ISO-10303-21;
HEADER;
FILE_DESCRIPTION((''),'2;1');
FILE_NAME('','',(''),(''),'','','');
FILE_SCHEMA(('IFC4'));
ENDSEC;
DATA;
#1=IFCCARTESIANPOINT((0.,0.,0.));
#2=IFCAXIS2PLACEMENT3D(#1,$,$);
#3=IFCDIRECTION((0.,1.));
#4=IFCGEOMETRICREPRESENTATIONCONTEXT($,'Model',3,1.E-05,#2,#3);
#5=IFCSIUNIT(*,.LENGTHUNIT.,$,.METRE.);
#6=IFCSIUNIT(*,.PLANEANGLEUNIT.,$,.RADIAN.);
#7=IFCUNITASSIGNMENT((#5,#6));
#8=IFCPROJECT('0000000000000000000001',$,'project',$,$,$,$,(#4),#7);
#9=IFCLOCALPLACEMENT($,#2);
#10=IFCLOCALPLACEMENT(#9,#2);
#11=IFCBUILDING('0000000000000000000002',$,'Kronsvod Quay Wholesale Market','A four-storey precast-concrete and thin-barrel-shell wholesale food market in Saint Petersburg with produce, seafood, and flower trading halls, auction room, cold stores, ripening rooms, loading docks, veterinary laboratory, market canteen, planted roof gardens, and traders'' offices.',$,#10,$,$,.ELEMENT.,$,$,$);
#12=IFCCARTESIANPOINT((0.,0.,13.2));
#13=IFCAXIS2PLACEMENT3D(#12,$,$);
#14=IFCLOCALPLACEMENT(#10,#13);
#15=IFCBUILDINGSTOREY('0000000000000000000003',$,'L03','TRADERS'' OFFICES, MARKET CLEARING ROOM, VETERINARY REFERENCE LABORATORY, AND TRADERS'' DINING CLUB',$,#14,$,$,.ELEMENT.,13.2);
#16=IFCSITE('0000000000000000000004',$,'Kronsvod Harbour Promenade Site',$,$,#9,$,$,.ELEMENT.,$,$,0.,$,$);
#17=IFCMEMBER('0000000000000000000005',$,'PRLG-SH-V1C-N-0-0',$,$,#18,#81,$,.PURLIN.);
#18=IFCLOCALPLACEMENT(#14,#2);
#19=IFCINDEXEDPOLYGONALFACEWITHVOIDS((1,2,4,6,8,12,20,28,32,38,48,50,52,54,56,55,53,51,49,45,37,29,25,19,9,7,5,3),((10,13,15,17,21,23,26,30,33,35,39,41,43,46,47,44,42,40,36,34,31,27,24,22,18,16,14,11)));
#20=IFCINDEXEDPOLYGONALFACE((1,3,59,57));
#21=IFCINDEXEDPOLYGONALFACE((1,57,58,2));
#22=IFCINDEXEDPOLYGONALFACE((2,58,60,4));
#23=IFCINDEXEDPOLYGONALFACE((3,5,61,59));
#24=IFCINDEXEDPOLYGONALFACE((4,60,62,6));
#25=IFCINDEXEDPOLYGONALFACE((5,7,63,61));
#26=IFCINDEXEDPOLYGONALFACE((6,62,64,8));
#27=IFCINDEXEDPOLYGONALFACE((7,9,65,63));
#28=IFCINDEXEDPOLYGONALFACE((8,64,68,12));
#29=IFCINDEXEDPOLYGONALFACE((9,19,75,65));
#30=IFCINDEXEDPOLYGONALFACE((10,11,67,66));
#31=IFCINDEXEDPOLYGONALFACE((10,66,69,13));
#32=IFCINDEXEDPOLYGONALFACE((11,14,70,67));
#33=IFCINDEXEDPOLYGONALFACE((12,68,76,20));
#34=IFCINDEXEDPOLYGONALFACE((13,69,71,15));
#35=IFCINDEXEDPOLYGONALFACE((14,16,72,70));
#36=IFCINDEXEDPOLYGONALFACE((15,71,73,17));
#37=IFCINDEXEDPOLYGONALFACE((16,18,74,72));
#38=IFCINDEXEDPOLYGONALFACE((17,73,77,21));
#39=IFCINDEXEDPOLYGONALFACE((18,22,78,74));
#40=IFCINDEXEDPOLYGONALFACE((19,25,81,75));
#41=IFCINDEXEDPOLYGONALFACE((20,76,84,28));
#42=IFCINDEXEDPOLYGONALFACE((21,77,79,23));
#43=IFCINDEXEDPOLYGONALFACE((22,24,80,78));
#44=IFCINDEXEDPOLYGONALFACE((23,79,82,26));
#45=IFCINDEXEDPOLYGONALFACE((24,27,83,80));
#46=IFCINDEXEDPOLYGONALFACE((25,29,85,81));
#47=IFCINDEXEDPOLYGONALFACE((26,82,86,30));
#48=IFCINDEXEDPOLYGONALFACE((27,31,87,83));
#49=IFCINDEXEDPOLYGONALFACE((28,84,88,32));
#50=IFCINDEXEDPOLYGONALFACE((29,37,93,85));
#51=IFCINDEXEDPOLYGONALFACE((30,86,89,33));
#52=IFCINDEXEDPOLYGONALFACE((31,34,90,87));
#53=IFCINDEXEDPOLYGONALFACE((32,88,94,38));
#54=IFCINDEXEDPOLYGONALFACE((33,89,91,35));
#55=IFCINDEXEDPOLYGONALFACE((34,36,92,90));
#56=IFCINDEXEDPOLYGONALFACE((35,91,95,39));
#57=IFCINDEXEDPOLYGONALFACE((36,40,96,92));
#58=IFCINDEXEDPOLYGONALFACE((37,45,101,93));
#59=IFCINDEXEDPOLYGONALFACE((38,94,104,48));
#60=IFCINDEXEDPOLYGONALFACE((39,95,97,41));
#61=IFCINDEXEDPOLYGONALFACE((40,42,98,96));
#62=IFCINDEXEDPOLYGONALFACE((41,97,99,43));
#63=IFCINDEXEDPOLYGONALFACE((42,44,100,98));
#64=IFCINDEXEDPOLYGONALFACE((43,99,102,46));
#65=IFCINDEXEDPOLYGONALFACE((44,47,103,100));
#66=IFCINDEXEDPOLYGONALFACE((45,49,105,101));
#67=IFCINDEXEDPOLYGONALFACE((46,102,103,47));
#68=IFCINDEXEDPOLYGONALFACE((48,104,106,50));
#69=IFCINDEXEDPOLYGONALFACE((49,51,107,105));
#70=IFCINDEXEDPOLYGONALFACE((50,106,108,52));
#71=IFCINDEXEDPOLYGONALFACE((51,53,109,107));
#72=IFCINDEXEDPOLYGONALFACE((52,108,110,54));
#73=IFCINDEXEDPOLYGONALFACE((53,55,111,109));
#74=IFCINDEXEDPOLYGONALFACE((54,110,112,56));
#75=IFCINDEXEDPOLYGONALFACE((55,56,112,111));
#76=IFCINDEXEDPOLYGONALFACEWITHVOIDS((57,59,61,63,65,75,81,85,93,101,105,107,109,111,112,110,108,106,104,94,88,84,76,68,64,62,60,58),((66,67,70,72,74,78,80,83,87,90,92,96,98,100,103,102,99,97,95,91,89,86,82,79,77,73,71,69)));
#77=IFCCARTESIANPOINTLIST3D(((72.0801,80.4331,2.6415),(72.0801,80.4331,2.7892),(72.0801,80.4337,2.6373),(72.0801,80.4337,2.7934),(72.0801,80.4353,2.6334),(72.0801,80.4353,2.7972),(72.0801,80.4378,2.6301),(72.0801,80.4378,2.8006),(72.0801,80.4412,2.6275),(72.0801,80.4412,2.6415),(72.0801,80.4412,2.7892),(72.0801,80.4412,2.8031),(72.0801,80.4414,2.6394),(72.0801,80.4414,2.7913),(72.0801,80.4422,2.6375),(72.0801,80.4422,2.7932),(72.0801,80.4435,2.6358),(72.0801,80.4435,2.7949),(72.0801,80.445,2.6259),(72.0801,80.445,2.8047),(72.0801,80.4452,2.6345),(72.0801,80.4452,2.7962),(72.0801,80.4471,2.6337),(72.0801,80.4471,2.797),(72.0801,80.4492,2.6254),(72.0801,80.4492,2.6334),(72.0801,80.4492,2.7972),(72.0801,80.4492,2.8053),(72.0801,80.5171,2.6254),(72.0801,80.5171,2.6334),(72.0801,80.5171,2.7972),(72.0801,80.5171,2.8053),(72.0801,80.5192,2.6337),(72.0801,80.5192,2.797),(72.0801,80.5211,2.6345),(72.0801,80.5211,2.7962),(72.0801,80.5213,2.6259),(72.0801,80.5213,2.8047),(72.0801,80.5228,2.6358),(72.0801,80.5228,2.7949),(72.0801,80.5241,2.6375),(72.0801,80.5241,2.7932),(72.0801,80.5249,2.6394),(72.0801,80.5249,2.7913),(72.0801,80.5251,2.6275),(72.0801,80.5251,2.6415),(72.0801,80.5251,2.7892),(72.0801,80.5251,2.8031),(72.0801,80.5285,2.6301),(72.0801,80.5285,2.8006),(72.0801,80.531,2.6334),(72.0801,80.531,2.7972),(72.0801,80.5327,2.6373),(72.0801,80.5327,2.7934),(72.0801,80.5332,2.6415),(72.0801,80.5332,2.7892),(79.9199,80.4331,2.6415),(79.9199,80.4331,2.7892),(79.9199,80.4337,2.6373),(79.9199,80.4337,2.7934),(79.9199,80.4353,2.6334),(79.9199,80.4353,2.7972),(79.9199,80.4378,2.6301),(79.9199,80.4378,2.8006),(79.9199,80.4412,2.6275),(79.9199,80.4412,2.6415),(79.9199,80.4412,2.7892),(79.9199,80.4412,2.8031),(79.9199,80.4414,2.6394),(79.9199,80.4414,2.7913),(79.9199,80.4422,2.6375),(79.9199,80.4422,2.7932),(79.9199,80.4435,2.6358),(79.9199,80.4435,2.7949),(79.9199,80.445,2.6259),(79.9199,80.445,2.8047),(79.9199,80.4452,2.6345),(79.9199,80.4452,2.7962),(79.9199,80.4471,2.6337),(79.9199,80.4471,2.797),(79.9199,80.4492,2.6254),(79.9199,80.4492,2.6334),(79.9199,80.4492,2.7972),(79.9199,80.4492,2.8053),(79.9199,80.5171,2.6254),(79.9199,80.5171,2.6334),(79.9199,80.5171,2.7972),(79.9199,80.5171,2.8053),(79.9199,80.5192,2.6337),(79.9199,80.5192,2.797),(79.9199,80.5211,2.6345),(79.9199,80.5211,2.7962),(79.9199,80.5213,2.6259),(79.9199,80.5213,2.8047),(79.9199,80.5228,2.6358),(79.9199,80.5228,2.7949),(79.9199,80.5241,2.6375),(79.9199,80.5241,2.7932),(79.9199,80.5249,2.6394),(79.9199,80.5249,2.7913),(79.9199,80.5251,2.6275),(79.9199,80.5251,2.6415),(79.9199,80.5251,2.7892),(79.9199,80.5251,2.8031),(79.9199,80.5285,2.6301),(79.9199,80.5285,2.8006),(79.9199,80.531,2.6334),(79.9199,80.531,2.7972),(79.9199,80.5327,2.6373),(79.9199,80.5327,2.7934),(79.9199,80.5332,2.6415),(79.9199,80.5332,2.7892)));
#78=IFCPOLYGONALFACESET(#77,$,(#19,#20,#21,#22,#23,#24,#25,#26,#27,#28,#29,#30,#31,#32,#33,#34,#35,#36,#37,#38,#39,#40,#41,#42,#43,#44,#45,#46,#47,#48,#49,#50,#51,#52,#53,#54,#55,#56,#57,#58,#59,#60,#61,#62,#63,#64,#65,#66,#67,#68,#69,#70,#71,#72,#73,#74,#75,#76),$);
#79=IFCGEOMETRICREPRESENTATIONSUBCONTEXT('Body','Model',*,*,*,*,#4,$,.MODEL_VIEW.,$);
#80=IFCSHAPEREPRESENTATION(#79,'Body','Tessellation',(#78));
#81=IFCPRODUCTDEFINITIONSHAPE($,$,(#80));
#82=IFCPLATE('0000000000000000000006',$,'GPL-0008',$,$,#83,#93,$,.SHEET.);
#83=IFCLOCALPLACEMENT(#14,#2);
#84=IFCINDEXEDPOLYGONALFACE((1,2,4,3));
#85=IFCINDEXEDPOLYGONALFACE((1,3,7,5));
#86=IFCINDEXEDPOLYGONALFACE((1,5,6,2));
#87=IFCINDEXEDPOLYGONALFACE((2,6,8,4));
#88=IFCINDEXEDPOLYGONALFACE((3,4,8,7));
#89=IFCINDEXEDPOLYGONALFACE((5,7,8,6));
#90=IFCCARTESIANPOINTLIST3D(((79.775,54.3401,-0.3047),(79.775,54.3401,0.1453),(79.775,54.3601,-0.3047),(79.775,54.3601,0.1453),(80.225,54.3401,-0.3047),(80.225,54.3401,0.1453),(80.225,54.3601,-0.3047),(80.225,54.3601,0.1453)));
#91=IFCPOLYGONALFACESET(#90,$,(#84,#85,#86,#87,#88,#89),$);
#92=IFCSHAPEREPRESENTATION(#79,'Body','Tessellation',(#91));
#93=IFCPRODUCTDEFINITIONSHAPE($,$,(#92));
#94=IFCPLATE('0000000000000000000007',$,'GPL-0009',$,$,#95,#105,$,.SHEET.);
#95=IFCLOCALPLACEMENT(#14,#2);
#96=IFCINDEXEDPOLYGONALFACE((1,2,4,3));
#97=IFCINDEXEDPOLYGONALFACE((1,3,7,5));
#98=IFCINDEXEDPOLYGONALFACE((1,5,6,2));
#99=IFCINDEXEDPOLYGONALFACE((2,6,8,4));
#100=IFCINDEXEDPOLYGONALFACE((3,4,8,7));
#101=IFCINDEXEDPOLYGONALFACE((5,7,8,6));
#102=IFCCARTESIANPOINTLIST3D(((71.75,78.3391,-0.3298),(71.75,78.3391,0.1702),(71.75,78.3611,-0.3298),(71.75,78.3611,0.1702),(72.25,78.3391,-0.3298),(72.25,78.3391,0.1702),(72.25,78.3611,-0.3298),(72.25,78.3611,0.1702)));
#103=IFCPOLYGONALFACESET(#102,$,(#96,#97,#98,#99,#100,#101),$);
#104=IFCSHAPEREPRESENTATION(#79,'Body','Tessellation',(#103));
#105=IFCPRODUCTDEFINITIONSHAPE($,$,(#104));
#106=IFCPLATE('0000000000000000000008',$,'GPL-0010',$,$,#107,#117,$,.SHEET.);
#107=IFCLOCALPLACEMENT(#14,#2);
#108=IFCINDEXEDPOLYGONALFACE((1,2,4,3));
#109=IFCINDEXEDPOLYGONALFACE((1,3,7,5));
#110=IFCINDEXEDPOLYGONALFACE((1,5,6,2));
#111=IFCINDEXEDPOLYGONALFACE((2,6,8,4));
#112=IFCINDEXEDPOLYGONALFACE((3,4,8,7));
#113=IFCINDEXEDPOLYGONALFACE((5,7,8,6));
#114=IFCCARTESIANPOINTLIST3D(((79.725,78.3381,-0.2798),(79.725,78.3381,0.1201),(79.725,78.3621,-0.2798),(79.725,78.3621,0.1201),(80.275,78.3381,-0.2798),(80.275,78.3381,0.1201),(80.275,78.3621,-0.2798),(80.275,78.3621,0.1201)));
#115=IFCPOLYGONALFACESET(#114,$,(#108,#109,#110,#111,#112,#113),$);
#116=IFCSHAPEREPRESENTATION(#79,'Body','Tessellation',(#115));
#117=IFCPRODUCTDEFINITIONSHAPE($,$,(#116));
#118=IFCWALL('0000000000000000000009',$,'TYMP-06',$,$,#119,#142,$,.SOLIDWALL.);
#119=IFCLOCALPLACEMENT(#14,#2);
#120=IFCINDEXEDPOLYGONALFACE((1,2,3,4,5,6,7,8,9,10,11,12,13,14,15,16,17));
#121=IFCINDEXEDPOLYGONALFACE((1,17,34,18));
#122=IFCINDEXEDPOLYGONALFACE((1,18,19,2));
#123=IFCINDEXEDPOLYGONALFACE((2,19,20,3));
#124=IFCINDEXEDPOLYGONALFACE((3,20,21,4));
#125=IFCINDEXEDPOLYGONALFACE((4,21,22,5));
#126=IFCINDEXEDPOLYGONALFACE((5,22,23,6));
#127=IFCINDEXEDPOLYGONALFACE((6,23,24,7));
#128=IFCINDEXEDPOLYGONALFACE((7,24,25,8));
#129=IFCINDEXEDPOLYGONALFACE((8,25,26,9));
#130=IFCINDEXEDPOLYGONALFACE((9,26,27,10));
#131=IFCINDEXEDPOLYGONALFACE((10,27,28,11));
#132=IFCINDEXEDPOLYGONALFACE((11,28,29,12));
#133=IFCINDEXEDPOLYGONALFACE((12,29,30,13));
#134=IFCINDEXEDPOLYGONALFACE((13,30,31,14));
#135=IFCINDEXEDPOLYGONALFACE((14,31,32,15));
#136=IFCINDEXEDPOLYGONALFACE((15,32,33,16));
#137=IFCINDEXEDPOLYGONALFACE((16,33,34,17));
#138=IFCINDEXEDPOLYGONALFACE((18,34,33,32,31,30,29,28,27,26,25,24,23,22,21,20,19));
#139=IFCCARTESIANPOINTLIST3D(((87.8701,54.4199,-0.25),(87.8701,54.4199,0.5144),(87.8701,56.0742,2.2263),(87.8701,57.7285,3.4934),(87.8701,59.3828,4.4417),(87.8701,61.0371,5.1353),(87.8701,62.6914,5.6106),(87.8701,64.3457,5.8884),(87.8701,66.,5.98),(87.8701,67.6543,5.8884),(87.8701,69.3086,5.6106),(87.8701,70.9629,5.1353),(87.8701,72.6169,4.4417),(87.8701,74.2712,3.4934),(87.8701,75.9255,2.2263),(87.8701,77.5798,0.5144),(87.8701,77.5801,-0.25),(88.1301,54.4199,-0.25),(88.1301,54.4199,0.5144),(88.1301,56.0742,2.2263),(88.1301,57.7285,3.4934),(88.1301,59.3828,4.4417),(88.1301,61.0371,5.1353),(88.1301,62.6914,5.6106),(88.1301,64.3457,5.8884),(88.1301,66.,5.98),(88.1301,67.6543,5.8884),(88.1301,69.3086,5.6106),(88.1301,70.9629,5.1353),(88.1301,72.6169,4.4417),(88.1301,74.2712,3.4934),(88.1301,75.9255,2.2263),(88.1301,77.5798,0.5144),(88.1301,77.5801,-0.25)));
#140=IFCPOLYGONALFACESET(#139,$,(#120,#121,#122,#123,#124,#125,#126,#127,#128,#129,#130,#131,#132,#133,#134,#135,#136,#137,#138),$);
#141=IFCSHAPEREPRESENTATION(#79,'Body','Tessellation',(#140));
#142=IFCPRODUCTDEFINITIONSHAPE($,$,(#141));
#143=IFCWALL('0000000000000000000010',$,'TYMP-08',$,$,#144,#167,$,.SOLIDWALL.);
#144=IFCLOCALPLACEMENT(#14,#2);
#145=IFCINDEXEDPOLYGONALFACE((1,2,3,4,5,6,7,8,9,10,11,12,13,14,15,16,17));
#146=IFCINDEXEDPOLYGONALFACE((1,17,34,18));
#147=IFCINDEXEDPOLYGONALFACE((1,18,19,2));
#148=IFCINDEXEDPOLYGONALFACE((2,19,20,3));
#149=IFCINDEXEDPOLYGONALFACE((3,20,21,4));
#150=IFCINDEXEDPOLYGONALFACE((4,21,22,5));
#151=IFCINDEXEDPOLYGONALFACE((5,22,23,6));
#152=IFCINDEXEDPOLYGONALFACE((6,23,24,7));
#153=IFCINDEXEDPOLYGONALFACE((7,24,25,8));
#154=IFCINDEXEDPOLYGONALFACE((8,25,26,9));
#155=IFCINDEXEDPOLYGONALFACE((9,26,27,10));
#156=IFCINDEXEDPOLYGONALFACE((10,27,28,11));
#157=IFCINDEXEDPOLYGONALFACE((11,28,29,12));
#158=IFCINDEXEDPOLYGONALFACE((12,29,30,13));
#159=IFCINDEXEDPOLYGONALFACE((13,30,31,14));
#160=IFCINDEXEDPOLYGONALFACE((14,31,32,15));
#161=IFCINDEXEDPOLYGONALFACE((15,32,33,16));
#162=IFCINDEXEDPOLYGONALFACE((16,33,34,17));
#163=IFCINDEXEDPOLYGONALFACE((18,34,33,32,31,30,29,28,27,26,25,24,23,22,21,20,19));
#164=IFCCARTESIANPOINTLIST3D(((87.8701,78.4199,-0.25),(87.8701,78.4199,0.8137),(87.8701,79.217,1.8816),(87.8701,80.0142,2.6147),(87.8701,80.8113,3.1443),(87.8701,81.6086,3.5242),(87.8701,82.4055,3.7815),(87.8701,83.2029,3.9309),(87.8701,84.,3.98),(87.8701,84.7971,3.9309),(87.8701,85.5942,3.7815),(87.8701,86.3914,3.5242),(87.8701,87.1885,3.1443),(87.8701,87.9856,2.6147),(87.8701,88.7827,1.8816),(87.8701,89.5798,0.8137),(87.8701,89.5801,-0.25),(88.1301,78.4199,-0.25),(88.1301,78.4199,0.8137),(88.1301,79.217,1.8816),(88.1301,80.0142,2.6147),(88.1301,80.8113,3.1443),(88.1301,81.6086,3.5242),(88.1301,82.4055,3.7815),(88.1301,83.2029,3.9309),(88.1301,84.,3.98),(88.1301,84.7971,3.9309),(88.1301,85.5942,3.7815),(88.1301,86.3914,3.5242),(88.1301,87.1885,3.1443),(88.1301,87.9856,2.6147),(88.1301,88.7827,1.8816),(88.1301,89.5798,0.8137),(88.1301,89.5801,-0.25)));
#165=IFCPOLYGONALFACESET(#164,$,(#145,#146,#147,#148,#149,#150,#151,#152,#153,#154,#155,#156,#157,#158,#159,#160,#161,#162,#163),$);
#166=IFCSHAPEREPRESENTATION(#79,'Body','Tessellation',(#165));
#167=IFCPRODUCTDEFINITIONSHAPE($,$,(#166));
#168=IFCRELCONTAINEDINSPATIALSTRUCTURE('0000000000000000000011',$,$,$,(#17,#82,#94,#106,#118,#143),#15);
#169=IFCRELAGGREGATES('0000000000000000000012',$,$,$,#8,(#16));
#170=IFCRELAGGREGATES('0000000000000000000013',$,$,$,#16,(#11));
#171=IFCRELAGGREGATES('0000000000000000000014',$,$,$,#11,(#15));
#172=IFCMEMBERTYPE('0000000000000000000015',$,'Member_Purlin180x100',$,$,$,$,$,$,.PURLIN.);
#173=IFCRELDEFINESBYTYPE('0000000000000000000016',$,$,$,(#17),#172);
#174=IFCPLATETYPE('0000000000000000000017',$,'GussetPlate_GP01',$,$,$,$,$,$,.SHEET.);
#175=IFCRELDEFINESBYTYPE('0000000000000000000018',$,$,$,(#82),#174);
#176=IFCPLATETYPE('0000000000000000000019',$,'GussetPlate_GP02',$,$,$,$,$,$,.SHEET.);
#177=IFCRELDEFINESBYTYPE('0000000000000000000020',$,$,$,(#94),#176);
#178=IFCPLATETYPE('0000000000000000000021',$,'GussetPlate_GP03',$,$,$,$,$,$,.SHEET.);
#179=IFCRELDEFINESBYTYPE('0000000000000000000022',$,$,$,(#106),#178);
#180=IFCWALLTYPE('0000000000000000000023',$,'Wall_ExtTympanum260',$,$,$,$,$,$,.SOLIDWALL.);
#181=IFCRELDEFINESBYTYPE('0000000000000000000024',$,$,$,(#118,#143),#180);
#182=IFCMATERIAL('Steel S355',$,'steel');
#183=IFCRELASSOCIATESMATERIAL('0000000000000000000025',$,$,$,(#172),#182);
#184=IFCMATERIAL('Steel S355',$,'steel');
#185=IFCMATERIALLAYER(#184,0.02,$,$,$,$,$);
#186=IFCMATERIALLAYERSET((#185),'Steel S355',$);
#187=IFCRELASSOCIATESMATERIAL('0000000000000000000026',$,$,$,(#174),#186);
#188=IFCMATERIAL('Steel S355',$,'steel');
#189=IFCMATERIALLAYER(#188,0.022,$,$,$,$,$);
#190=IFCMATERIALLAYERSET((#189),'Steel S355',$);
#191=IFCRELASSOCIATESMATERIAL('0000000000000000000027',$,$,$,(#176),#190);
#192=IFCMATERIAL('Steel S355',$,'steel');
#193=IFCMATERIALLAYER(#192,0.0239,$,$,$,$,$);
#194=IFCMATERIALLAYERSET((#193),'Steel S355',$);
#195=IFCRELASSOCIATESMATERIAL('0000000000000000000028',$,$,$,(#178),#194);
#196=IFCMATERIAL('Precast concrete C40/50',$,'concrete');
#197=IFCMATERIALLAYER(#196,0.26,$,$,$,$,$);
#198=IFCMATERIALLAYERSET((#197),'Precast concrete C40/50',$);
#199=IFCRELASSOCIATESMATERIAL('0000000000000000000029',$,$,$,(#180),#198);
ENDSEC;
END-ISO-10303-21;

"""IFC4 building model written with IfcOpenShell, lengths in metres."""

from ifc_helpers import new_model, si_unit, direction, frame, origin, origin_2d, place, context, subcontext, project, spatial, polyline, rectangle, hollow_rectangle, outline, extrude, material, layer, layer_set, material_profile, profile_set, type_object, element, save


model = new_model("IFC4")

# Units and contexts
model_context = context("Model", 3, precision=1e-05, world=origin(), true_north=direction((0.0, 1.0)))
body_context = subcontext(model_context, "Body", "Model", "MODEL_VIEW")
ifc_project = project(units=[si_unit("LENGTHUNIT", "METRE"), si_unit("PLANEANGLEUNIT", "RADIAN")], contexts=[model_context])

# Site, building, storey
site_placement = place(None, origin())
site = spatial("IfcSite", under=ifc_project, at=site_placement, Name="Kronsvod Harbour Promenade Site", CompositionType="ELEMENT", RefElevation=0.0)
building_placement = place(site_placement, origin())
building = spatial("IfcBuilding", under=site, at=building_placement, Name="Kronsvod Quay Wholesale Market", Description="A four-storey precast-concrete and thin-barrel-shell wholesale food market in Saint Petersburg with produce, seafood, and flower trading halls, auction room, cold stores, ripening rooms, loading docks, veterinary laboratory, market canteen, planted roof gardens, and traders' offices.", CompositionType="ELEMENT")
storey_placement = place(building_placement, frame((0.0, 0.0, 13.2)))
storey = spatial("IfcBuildingStorey", under=building, at=storey_placement, Name="L03", Description="TRADERS' OFFICES, MARKET CLEARING ROOM, VETERINARY REFERENCE LABORATORY, AND TRADERS' DINING CLUB", CompositionType="ELEMENT", Elevation=13.2)

# Member
ifc_material_1 = material(Name="Steel S355", Category="steel")
ifc_material_profile_1 = material_profile(ifc_material_1, hollow_rectangle(XDim=0.1001, YDim=0.1799, WallThickness=0.0081, InnerFilletRadius=0.0081, OuterFilletRadius=0.0161, at=origin_2d()), Name="RHS180x100x8")
ifc_profile_set_1 = profile_set([ifc_material_profile_1], Name="Steel S355")
member_type_1 = type_object("IfcMemberType", Name="Member_Purlin180x100", PredefinedType="PURLIN", material=ifc_profile_set_1)
for number, where, z_axis, x_axis, name in (
    (1, (72.0801, 80.4832, 2.7153), (1.0, 0.0, 0.0), (0.0, 1.0, 0.0), "PRLG-SH-V1C-N-0-0"),
):
    element("IfcMember", number, at=place(storey_placement, frame(where, z_axis=z_axis, x_axis=x_axis)), inside=storey, type_object=member_type_1, Name=name, PredefinedType="PURLIN", context=body_context, shape_type="SweptSolid", body=[
        extrude(hollow_rectangle(XDim=0.1001, YDim=0.1799, WallThickness=0.0081, InnerFilletRadius=0.0081, OuterFilletRadius=0.0161, at=origin_2d()), origin(), (0.0, 0.0, 1.0), 7.8398),
    ])

# Plates
ifc_material_2 = material(Name="Steel S355", Category="steel")
ifc_layer_1 = layer(ifc_material_2, 0.02)
ifc_layer_set_1 = layer_set([ifc_layer_1], Name="Steel S355")
plate_type_1 = type_object("IfcPlateType", Name="GussetPlate_GP01", PredefinedType="SHEET", material=ifc_layer_set_1)
plate_1_placement = place(storey_placement, frame((80.0, 54.3501, -0.3047), z_axis=(0.0, 0.0, 1.0), x_axis=(1.0, 0.0, 0.0)))
element("IfcPlate", 2, at=plate_1_placement, inside=storey, type_object=plate_type_1, Name="GPL-0008", PredefinedType="SHEET", context=body_context, shape_type="SweptSolid", body=[
    extrude(rectangle(XDim=0.45, YDim=0.02, at=origin_2d()), origin(), (0.0, 0.0, 1.0), 0.45),
])
ifc_material_3 = material(Name="Steel S355", Category="steel")
ifc_layer_2 = layer(ifc_material_3, 0.022)
ifc_layer_set_2 = layer_set([ifc_layer_2], Name="Steel S355")
plate_type_2 = type_object("IfcPlateType", Name="GussetPlate_GP02", PredefinedType="SHEET", material=ifc_layer_set_2)
plate_2_placement = place(storey_placement, frame((72.0, 78.3501, -0.3298), z_axis=(0.0, 0.0, 1.0), x_axis=(1.0, 0.0, 0.0)))
element("IfcPlate", 3, at=plate_2_placement, inside=storey, type_object=plate_type_2, Name="GPL-0009", PredefinedType="SHEET", context=body_context, shape_type="SweptSolid", body=[
    extrude(rectangle(XDim=0.5, YDim=0.022, at=origin_2d()), origin(), (0.0, 0.0, 1.0), 0.5),
])
ifc_material_4 = material(Name="Steel S355", Category="steel")
ifc_layer_3 = layer(ifc_material_4, 0.0239)
ifc_layer_set_3 = layer_set([ifc_layer_3], Name="Steel S355")
plate_type_3 = type_object("IfcPlateType", Name="GussetPlate_GP03", PredefinedType="SHEET", material=ifc_layer_set_3)
plate_3_placement = place(storey_placement, frame((80.0, 78.3501, -0.2798), z_axis=(0.0, 0.0, 1.0), x_axis=(1.0, 0.0, 0.0)))
element("IfcPlate", 4, at=plate_3_placement, inside=storey, type_object=plate_type_3, Name="GPL-0010", PredefinedType="SHEET", context=body_context, shape_type="SweptSolid", body=[
    extrude(rectangle(XDim=0.55, YDim=0.0239, at=origin_2d()), origin(), (0.0, 0.0, 1.0), 0.3999),
])

# Walls
ifc_material_5 = material(Name="Precast concrete C40/50", Category="concrete")
ifc_layer_4 = layer(ifc_material_5, 0.26)
ifc_layer_set_4 = layer_set([ifc_layer_4], Name="Precast concrete C40/50")
wall_type = type_object("IfcWallType", Name="Wall_ExtTympanum260", PredefinedType="SOLIDWALL", material=ifc_layer_set_4)
wall_1_placement = place(storey_placement, frame((88.0, 54.4199, -0.25), z_axis=(0.0, 0.0, 1.0), x_axis=(0.0, 1.0, 0.0)))
element("IfcWall", 5, at=wall_1_placement, inside=storey, type_object=wall_type, Name="TYMP-06", PredefinedType="SOLIDWALL", context=body_context, shape_type="SweptSolid", body=[
    extrude(outline(polyline([(0.0, 0.0), (23.1602, 0.0), (23.1599, 0.7644), (21.5056, 2.4763), (19.8513, 3.7434), (18.197, 4.6917), (16.543, 5.3853), (14.8887, 5.8606), (13.2344, 6.1384), (11.5801, 6.23), (9.9258, 6.1384), (8.2715, 5.8606), (6.6172, 5.3853), (4.9629, 4.6917), (3.3086, 3.7434), (1.6543, 2.4763), (0.0, 0.7644), (0.0, 0.0)])), frame((0.0, 0.1299, 0.0), z_axis=(0.0, -1.0, 0.0), x_axis=(1.0, 0.0, 0.0)), (0.0, 0.0, 1.0), 0.26),
])
wall_2_placement = place(storey_placement, frame((88.0, 78.4199, -0.25), z_axis=(0.0, 0.0, 1.0), x_axis=(0.0, 1.0, 0.0)))
element("IfcWall", 6, at=wall_2_placement, inside=storey, type_object=wall_type, Name="TYMP-08", PredefinedType="SOLIDWALL", context=body_context, shape_type="SweptSolid", body=[
    extrude(outline(polyline([(0.0, 0.0), (11.1602, 0.0), (11.1599, 1.0637), (10.3628, 2.1316), (9.5657, 2.8647), (8.7686, 3.3943), (7.9714, 3.7742), (7.1743, 4.0315), (6.3772, 4.1809), (5.5801, 4.23), (4.783, 4.1809), (3.9856, 4.0315), (3.1887, 3.7742), (2.3914, 3.3943), (1.5942, 2.8647), (0.7971, 2.1316), (0.0, 1.0637), (0.0, 0.0)])), frame((0.0, 0.1299, 0.0), z_axis=(0.0, -1.0, 0.0), x_axis=(1.0, 0.0, 0.0)), (0.0, 0.0, 1.0), 0.26),
])

save(model, "model.ifc")
